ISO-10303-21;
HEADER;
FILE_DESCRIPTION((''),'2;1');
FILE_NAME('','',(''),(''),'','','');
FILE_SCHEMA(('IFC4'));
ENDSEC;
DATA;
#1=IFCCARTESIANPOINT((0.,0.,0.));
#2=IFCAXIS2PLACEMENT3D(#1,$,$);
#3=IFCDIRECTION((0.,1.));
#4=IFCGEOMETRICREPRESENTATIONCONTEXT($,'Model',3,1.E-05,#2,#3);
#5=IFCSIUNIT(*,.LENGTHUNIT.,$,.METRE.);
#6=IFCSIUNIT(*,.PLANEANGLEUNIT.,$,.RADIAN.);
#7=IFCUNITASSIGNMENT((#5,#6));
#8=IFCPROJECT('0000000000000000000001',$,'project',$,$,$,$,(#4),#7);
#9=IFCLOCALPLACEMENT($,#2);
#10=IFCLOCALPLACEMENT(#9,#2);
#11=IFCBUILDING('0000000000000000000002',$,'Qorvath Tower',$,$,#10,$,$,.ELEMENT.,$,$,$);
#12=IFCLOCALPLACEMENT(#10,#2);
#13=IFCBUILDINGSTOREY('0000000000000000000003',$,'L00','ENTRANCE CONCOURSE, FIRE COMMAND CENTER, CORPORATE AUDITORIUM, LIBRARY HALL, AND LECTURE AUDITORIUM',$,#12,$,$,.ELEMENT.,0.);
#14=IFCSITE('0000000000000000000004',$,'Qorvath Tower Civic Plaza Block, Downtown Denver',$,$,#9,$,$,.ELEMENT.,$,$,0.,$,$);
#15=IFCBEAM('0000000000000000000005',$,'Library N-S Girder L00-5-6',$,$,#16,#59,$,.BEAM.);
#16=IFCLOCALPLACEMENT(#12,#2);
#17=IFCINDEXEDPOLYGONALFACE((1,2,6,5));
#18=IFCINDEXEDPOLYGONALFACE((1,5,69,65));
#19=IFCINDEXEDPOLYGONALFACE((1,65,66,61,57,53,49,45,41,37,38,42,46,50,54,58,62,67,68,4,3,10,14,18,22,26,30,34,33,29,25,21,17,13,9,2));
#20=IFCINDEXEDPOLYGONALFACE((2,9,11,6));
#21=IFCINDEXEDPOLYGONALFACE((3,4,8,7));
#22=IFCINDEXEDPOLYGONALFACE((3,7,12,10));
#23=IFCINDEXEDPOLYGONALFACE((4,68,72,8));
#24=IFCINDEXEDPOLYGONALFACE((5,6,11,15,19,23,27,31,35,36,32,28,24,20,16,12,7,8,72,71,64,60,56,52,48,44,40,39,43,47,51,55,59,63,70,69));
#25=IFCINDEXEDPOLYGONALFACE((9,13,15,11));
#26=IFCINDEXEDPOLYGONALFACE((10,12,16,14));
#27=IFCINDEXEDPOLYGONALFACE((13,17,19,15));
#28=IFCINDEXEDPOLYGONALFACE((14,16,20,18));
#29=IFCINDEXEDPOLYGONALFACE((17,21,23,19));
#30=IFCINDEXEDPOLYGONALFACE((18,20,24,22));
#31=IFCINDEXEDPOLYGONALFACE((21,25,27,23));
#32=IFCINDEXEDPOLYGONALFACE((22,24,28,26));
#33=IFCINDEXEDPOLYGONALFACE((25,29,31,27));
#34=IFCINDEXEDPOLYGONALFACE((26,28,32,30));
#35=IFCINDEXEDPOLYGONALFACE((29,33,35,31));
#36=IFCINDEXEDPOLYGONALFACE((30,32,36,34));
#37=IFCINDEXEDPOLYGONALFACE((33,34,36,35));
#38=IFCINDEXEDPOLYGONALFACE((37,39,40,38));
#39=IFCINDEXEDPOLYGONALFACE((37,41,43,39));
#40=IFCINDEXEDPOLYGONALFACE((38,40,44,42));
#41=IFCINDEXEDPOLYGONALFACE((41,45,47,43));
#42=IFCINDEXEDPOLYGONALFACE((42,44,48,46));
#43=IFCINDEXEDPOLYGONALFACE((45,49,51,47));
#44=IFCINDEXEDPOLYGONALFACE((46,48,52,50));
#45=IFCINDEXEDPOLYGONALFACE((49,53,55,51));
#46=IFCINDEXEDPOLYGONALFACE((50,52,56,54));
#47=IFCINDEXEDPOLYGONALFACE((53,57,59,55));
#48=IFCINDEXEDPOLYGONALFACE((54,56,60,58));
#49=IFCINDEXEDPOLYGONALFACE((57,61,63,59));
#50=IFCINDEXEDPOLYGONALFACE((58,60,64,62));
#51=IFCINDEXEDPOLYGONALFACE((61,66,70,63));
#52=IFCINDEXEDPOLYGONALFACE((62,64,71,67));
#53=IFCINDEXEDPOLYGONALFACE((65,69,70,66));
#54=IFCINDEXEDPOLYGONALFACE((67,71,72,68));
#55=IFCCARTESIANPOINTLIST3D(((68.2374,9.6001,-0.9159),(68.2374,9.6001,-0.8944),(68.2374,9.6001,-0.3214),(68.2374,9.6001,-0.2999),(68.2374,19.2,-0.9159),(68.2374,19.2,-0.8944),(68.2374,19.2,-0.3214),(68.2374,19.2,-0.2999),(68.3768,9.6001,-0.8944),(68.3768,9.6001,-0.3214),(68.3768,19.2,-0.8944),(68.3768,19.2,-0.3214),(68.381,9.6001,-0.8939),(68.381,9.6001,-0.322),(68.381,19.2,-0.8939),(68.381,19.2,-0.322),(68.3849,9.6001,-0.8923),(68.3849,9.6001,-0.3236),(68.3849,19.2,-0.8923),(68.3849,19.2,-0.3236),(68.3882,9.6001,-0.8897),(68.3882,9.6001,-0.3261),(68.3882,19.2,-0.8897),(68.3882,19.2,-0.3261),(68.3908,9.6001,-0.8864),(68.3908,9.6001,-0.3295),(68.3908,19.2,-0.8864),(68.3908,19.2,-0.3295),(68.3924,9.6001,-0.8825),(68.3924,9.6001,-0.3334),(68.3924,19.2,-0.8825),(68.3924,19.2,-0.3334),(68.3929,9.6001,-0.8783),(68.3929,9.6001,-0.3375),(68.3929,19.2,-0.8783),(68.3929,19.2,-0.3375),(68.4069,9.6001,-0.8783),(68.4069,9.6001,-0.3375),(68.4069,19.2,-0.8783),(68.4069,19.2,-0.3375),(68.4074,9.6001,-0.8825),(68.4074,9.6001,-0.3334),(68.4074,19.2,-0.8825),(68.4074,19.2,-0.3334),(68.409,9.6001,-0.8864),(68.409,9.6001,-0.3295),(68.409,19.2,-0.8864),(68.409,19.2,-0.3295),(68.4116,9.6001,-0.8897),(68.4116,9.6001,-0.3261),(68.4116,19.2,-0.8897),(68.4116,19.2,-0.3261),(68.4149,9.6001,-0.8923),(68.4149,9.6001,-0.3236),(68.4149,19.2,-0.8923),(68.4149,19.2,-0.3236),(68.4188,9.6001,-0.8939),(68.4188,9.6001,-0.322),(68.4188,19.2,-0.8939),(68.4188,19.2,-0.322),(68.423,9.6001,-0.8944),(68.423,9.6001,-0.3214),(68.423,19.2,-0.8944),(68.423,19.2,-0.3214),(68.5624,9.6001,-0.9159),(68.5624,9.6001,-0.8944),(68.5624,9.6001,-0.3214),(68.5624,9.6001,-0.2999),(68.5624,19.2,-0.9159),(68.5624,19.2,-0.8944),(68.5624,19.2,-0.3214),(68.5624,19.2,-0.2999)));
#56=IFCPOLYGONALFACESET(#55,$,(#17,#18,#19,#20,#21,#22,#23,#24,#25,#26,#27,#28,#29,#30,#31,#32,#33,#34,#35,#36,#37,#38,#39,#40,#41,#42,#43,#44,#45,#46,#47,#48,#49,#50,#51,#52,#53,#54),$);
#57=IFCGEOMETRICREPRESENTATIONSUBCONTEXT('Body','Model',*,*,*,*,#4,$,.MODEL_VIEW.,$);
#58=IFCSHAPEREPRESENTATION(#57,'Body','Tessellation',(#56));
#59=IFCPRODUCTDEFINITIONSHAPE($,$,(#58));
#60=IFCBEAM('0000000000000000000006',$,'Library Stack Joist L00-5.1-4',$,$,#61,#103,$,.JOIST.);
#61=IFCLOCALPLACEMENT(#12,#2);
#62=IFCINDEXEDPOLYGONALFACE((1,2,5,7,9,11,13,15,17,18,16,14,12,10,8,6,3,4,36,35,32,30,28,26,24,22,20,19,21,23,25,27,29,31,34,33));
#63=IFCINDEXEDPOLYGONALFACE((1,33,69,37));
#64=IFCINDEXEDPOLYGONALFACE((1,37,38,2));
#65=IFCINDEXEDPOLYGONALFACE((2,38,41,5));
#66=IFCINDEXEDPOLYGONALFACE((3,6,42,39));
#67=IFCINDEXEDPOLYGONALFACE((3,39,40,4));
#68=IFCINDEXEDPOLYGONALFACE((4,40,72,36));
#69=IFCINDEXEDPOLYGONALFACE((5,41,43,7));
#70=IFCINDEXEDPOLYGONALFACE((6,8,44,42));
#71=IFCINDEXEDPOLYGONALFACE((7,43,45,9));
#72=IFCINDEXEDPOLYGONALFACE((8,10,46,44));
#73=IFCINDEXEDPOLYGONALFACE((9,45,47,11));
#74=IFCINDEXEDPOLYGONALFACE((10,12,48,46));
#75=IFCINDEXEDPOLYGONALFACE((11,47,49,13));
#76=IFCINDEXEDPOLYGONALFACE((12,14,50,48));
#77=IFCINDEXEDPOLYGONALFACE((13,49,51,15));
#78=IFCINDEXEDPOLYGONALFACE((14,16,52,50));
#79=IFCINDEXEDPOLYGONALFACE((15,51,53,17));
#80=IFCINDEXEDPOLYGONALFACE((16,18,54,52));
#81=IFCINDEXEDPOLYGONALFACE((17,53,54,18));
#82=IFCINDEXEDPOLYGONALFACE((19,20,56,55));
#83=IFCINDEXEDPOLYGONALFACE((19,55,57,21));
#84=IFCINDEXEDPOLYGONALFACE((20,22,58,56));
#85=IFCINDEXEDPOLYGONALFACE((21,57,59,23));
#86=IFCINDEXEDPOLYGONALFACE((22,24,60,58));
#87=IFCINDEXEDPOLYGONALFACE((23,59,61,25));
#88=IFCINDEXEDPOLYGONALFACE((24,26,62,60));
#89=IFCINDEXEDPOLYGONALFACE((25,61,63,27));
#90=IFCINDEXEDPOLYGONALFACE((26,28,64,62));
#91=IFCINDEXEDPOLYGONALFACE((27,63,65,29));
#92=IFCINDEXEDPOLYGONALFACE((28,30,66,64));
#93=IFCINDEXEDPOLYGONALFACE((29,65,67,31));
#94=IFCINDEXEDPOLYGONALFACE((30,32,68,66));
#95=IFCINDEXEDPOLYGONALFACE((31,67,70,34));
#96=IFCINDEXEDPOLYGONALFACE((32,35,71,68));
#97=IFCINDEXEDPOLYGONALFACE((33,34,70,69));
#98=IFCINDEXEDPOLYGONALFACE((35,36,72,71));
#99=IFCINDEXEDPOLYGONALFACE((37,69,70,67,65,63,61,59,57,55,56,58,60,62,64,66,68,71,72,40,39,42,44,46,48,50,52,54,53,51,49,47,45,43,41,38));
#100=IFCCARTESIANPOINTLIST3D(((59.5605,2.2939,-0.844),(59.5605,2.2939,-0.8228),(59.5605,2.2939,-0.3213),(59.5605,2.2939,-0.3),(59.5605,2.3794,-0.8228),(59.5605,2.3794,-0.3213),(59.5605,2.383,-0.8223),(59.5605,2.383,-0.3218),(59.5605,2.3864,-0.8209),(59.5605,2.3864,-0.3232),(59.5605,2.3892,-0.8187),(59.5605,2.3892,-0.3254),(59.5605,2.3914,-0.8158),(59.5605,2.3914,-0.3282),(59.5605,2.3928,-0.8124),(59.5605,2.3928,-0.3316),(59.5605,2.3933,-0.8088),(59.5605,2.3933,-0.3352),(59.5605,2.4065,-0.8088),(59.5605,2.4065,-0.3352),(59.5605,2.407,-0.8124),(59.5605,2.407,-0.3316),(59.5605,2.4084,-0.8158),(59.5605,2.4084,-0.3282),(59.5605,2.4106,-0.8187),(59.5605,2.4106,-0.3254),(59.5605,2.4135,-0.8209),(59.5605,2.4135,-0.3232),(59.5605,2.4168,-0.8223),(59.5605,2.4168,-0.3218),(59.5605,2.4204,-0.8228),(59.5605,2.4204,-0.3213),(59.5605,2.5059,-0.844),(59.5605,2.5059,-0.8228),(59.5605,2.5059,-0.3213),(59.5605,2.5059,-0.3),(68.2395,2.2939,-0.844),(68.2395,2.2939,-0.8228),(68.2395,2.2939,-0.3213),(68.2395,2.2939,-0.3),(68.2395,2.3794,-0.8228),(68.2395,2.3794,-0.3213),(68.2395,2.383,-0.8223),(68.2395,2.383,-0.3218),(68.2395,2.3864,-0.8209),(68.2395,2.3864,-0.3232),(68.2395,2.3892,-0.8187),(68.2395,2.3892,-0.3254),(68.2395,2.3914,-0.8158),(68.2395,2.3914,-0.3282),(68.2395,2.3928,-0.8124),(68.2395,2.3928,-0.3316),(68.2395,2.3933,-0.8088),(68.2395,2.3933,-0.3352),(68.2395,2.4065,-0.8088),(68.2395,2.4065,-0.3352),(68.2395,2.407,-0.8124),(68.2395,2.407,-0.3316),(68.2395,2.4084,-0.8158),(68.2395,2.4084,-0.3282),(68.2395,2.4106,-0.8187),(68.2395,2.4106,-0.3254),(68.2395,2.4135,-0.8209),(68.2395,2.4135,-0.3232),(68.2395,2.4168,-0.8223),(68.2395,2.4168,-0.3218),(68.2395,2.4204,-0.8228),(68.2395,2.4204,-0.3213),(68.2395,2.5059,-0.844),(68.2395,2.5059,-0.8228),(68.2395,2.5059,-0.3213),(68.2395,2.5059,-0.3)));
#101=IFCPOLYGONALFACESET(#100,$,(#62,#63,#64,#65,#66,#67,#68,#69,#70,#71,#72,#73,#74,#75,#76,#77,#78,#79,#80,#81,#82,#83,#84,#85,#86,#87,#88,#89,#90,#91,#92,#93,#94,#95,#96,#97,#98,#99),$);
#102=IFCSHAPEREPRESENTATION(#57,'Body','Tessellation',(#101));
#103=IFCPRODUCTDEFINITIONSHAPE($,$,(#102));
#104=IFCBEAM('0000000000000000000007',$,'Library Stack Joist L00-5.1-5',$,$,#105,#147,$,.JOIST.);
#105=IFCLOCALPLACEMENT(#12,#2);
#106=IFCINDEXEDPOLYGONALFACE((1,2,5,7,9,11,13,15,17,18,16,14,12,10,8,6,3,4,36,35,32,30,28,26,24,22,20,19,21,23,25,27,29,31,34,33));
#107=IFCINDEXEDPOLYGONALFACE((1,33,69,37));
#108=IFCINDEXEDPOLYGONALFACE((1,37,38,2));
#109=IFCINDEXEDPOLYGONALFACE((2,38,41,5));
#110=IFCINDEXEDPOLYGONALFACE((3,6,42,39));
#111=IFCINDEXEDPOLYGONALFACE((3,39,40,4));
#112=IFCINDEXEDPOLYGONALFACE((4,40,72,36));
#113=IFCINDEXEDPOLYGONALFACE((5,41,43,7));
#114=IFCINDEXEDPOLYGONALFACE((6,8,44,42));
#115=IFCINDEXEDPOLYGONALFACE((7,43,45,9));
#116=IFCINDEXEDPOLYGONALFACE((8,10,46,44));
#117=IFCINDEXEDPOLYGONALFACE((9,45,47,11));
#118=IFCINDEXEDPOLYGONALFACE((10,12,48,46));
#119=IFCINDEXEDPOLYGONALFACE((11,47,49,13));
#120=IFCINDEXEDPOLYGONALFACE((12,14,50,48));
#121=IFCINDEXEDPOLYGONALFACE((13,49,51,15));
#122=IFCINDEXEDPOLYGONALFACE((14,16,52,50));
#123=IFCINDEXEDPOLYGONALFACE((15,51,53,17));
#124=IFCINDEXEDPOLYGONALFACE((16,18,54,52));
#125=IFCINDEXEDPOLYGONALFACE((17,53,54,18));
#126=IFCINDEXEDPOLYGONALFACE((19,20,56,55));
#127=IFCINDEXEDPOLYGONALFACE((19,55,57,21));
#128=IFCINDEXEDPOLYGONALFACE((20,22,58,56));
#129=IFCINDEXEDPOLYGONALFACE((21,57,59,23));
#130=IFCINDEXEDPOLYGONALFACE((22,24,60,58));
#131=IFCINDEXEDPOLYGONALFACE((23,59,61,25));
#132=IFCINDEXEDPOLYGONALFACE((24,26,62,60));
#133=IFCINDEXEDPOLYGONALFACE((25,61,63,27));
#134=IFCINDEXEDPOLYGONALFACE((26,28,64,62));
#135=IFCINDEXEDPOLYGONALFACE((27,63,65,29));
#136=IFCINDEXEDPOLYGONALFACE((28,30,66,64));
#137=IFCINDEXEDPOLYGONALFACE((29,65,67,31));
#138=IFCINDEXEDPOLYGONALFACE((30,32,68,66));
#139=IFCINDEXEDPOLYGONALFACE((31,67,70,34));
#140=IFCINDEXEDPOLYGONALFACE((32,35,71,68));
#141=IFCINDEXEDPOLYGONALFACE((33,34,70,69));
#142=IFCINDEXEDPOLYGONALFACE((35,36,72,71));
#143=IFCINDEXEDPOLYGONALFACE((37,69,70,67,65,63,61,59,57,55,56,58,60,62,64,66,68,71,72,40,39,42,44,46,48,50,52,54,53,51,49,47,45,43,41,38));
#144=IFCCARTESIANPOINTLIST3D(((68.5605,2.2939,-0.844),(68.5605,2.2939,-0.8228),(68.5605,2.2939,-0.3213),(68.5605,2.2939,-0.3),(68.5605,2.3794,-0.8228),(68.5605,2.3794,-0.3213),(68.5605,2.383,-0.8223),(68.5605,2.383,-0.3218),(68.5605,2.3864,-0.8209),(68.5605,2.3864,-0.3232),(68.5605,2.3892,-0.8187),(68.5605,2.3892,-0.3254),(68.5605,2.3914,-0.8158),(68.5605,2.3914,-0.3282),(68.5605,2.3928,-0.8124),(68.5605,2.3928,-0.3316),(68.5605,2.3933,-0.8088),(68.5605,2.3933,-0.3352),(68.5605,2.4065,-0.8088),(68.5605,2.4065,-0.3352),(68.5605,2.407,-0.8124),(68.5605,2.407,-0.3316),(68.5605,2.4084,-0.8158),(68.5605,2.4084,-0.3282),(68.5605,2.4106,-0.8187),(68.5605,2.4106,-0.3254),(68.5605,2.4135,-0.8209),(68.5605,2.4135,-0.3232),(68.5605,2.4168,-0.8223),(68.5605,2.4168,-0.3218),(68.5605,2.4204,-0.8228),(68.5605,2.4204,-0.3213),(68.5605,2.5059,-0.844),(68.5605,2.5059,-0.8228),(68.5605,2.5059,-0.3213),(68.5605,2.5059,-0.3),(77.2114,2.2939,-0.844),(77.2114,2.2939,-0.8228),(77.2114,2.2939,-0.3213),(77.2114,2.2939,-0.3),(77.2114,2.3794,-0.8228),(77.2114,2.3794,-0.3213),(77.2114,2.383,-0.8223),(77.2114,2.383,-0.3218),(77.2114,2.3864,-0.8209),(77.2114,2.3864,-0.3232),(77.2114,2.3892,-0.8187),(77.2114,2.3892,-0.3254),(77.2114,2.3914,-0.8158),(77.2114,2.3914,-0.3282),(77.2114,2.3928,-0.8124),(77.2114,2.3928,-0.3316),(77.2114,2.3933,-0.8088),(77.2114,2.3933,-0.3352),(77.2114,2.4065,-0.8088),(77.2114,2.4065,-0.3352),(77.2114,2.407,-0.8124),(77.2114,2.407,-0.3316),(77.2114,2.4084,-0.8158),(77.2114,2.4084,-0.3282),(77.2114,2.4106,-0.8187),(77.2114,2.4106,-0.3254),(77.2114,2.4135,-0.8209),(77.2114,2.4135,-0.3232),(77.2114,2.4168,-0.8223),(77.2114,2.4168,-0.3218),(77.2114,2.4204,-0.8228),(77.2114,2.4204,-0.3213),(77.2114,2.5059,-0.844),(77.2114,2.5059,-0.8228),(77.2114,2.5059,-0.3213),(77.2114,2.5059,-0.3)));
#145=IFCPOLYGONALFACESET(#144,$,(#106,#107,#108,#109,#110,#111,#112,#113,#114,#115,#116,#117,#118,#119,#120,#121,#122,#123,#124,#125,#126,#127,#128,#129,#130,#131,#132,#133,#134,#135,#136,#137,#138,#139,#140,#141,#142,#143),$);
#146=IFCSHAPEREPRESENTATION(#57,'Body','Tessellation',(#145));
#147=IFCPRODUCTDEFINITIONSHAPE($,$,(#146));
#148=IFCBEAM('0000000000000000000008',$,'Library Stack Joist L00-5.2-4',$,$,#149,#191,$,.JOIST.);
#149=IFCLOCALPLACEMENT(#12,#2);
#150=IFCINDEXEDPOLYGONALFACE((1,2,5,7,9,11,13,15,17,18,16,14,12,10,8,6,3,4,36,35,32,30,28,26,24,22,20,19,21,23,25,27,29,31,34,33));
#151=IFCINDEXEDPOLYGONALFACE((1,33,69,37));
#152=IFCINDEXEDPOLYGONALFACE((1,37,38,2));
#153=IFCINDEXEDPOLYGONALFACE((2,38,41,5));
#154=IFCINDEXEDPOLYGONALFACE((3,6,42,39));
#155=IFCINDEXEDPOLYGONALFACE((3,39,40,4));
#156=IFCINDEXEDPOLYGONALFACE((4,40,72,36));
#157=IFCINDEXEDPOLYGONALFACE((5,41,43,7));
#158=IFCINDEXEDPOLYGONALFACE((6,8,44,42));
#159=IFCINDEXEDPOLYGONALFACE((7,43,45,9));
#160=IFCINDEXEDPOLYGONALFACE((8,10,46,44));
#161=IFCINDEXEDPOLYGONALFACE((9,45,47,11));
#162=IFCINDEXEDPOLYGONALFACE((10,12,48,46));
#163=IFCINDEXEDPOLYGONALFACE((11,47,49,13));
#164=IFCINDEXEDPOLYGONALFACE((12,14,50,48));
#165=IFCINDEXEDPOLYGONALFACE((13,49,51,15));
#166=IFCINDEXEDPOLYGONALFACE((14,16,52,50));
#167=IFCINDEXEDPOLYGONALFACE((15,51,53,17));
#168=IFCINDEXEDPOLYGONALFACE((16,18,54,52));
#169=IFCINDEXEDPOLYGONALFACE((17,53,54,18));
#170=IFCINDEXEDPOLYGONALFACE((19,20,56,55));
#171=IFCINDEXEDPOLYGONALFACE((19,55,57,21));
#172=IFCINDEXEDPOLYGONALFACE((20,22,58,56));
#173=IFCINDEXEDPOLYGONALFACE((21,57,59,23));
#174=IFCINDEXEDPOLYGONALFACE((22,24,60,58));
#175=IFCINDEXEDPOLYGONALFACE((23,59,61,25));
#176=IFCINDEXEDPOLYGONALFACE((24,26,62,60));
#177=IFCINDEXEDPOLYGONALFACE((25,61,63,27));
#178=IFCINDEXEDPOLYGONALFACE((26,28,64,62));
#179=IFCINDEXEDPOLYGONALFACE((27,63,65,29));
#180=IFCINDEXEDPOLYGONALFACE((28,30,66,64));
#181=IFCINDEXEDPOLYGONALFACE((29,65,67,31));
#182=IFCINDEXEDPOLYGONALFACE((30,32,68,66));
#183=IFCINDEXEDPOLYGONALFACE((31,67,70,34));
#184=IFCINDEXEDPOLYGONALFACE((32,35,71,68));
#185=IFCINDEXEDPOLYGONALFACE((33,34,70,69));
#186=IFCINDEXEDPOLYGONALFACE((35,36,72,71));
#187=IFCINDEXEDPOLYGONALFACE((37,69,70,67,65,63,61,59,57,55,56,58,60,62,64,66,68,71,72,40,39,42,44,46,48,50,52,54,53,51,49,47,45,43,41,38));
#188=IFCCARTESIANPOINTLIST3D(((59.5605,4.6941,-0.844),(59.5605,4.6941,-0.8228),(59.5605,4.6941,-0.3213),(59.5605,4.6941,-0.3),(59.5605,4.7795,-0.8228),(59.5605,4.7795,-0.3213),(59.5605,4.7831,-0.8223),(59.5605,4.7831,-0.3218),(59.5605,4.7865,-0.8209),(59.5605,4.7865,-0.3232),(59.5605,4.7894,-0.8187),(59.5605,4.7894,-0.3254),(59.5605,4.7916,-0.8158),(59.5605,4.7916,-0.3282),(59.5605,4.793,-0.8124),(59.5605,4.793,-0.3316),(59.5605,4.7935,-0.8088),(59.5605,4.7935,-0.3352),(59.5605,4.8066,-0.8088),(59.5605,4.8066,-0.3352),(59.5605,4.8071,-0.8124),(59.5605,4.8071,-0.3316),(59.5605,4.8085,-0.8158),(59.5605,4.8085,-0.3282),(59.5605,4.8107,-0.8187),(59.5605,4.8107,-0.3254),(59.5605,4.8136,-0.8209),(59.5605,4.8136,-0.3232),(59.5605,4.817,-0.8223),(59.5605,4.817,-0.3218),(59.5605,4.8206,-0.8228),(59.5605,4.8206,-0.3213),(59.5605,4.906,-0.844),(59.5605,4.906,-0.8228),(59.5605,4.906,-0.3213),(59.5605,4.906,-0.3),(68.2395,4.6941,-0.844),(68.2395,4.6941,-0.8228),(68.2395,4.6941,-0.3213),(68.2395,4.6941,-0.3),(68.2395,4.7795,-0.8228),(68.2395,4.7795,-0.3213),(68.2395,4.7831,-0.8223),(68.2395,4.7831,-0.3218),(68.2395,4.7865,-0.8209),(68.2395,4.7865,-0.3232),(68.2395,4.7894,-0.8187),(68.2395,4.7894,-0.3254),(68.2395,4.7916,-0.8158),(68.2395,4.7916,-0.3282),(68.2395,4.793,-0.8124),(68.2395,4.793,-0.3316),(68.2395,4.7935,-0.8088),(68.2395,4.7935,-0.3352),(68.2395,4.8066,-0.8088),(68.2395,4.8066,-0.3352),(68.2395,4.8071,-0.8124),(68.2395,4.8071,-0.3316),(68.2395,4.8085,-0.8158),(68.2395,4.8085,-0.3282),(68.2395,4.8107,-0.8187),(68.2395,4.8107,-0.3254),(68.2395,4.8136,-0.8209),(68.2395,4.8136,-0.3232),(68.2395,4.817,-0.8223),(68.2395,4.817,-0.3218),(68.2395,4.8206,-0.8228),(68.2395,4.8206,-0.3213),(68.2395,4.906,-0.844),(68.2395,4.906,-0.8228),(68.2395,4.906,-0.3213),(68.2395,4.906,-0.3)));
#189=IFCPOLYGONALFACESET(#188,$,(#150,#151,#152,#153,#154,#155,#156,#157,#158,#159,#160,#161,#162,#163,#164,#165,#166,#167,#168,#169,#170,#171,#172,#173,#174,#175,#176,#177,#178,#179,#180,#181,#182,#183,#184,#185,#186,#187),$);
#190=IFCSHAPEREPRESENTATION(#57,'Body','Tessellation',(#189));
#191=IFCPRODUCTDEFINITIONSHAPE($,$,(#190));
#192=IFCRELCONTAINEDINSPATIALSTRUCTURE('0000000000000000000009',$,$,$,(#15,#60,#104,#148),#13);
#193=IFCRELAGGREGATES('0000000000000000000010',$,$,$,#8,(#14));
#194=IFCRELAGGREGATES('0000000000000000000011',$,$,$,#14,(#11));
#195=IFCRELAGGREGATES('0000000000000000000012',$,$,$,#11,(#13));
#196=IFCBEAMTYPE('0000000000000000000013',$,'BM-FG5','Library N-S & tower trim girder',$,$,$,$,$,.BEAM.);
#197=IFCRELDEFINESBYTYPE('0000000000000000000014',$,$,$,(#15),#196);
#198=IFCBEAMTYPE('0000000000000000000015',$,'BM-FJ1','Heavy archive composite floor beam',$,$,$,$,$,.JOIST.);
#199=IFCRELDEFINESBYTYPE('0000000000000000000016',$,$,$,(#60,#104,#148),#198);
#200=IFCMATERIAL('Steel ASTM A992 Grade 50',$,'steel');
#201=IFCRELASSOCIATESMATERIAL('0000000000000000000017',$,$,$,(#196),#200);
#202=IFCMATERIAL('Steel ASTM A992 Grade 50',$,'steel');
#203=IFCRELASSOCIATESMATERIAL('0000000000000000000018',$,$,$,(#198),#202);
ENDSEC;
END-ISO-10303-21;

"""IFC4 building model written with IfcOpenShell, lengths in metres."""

from ifc_helpers import new_model, si_unit, direction, frame, origin, origin_2d, place, context, subcontext, project, spatial, i_section, extrude, material, material_profile, profile_set, type_object, element, save


model = new_model("IFC4")

# Units and contexts
model_context = context("Model", 3, precision=1e-05, world=origin(), true_north=direction((0.0, 1.0)))
body_context = subcontext(model_context, "Body", "Model", "MODEL_VIEW")
ifc_project = project(units=[si_unit("LENGTHUNIT", "METRE"), si_unit("PLANEANGLEUNIT", "RADIAN")], contexts=[model_context])

# Site, building, storey
site_placement = place(None, origin())
site = spatial("IfcSite", under=ifc_project, at=site_placement, Name="Qorvath Tower Civic Plaza Block, Downtown Denver", CompositionType="ELEMENT", RefElevation=0.0)
building_placement = place(site_placement, origin())
building = spatial("IfcBuilding", under=site, at=building_placement, Name="Qorvath Tower", CompositionType="ELEMENT")
storey_placement = place(building_placement, origin())
storey = spatial("IfcBuildingStorey", under=building, at=storey_placement, Name="L00", Description="ENTRANCE CONCOURSE, FIRE COMMAND CENTER, CORPORATE AUDITORIUM, LIBRARY HALL, AND LECTURE AUDITORIUM", CompositionType="ELEMENT", Elevation=0.0)

# Beams
ifc_material_1 = material(Name="Steel ASTM A992 Grade 50", Category="steel")
ifc_material_profile_1 = material_profile(ifc_material_1, i_section(OverallWidth=0.325, OverallDepth=0.616, WebThickness=0.0139, FlangeThickness=0.0215, FilletRadius=0.0161, at=origin_2d()), Name="W24x117")
ifc_profile_set_1 = profile_set([ifc_material_profile_1], Name="Steel ASTM A992 Grade 50")
beam_type_1 = type_object("IfcBeamType", Name="BM-FG5", Description="Library N-S & tower trim girder", PredefinedType="BEAM", material=ifc_profile_set_1)
beam_1_placement = place(storey_placement, frame((68.3999, 9.6001, -0.6079), z_axis=(0.0, 1.0, 0.0), x_axis=(-1.0, 0.0, 0.0)))
element("IfcBeam", 1, at=beam_1_placement, inside=storey, type_object=beam_type_1, Name="Library N-S Girder L00-5-6", PredefinedType="BEAM", context=body_context, shape_type="SweptSolid", body=[
    extrude(i_section(OverallWidth=0.325, OverallDepth=0.616, WebThickness=0.0139, FlangeThickness=0.0215, FilletRadius=0.0161, at=origin_2d()), origin(), (0.0, 0.0, 1.0), 9.5999),
])
ifc_material_2 = material(Name="Steel ASTM A992 Grade 50", Category="steel")
ifc_material_profile_2 = material_profile(ifc_material_2, i_section(OverallWidth=0.2119, OverallDepth=0.5439, WebThickness=0.0132, FlangeThickness=0.0212, FilletRadius=0.0139, at=origin_2d()), Name="W21x83")
ifc_profile_set_2 = profile_set([ifc_material_profile_2], Name="Steel ASTM A992 Grade 50")
beam_type_2 = type_object("IfcBeamType", Name="BM-FJ1", Description="Heavy archive composite floor beam", PredefinedType="JOIST", material=ifc_profile_set_2)
beam_2_placement = place(storey_placement, frame((59.5605, 2.3999, -0.572), z_axis=(1.0, 0.0, 0.0), x_axis=(0.0, 1.0, 0.0)))
element("IfcBeam", 2, at=beam_2_placement, inside=storey, type_object=beam_type_2, Name="Library Stack Joist L00-5.1-4", PredefinedType="JOIST", context=body_context, shape_type="SweptSolid", body=[
    extrude(i_section(OverallWidth=0.2119, OverallDepth=0.5439, WebThickness=0.0132, FlangeThickness=0.0212, FilletRadius=0.0139, at=origin_2d()), origin(), (0.0, 0.0, 1.0), 8.679),
])
beam_3_placement = place(storey_placement, frame((68.5605, 2.3999, -0.572), z_axis=(1.0, 0.0, 0.0), x_axis=(0.0, 1.0, 0.0)))
element("IfcBeam", 3, at=beam_3_placement, inside=storey, type_object=beam_type_2, Name="Library Stack Joist L00-5.1-5", PredefinedType="JOIST", context=body_context, shape_type="SweptSolid", body=[
    extrude(i_section(OverallWidth=0.2119, OverallDepth=0.5439, WebThickness=0.0132, FlangeThickness=0.0212, FilletRadius=0.0139, at=origin_2d()), origin(), (0.0, 0.0, 1.0), 8.6509),
])
beam_4_placement = place(storey_placement, frame((59.5605, 4.8, -0.572), z_axis=(1.0, 0.0, 0.0), x_axis=(0.0, 1.0, 0.0)))
element("IfcBeam", 4, at=beam_4_placement, inside=storey, type_object=beam_type_2, Name="Library Stack Joist L00-5.2-4", PredefinedType="JOIST", context=body_context, shape_type="SweptSolid", body=[
    extrude(i_section(OverallWidth=0.2119, OverallDepth=0.5439, WebThickness=0.0132, FlangeThickness=0.0212, FilletRadius=0.0139, at=origin_2d()), origin(), (0.0, 0.0, 1.0), 8.679),
])

save(model, "model.ifc")
